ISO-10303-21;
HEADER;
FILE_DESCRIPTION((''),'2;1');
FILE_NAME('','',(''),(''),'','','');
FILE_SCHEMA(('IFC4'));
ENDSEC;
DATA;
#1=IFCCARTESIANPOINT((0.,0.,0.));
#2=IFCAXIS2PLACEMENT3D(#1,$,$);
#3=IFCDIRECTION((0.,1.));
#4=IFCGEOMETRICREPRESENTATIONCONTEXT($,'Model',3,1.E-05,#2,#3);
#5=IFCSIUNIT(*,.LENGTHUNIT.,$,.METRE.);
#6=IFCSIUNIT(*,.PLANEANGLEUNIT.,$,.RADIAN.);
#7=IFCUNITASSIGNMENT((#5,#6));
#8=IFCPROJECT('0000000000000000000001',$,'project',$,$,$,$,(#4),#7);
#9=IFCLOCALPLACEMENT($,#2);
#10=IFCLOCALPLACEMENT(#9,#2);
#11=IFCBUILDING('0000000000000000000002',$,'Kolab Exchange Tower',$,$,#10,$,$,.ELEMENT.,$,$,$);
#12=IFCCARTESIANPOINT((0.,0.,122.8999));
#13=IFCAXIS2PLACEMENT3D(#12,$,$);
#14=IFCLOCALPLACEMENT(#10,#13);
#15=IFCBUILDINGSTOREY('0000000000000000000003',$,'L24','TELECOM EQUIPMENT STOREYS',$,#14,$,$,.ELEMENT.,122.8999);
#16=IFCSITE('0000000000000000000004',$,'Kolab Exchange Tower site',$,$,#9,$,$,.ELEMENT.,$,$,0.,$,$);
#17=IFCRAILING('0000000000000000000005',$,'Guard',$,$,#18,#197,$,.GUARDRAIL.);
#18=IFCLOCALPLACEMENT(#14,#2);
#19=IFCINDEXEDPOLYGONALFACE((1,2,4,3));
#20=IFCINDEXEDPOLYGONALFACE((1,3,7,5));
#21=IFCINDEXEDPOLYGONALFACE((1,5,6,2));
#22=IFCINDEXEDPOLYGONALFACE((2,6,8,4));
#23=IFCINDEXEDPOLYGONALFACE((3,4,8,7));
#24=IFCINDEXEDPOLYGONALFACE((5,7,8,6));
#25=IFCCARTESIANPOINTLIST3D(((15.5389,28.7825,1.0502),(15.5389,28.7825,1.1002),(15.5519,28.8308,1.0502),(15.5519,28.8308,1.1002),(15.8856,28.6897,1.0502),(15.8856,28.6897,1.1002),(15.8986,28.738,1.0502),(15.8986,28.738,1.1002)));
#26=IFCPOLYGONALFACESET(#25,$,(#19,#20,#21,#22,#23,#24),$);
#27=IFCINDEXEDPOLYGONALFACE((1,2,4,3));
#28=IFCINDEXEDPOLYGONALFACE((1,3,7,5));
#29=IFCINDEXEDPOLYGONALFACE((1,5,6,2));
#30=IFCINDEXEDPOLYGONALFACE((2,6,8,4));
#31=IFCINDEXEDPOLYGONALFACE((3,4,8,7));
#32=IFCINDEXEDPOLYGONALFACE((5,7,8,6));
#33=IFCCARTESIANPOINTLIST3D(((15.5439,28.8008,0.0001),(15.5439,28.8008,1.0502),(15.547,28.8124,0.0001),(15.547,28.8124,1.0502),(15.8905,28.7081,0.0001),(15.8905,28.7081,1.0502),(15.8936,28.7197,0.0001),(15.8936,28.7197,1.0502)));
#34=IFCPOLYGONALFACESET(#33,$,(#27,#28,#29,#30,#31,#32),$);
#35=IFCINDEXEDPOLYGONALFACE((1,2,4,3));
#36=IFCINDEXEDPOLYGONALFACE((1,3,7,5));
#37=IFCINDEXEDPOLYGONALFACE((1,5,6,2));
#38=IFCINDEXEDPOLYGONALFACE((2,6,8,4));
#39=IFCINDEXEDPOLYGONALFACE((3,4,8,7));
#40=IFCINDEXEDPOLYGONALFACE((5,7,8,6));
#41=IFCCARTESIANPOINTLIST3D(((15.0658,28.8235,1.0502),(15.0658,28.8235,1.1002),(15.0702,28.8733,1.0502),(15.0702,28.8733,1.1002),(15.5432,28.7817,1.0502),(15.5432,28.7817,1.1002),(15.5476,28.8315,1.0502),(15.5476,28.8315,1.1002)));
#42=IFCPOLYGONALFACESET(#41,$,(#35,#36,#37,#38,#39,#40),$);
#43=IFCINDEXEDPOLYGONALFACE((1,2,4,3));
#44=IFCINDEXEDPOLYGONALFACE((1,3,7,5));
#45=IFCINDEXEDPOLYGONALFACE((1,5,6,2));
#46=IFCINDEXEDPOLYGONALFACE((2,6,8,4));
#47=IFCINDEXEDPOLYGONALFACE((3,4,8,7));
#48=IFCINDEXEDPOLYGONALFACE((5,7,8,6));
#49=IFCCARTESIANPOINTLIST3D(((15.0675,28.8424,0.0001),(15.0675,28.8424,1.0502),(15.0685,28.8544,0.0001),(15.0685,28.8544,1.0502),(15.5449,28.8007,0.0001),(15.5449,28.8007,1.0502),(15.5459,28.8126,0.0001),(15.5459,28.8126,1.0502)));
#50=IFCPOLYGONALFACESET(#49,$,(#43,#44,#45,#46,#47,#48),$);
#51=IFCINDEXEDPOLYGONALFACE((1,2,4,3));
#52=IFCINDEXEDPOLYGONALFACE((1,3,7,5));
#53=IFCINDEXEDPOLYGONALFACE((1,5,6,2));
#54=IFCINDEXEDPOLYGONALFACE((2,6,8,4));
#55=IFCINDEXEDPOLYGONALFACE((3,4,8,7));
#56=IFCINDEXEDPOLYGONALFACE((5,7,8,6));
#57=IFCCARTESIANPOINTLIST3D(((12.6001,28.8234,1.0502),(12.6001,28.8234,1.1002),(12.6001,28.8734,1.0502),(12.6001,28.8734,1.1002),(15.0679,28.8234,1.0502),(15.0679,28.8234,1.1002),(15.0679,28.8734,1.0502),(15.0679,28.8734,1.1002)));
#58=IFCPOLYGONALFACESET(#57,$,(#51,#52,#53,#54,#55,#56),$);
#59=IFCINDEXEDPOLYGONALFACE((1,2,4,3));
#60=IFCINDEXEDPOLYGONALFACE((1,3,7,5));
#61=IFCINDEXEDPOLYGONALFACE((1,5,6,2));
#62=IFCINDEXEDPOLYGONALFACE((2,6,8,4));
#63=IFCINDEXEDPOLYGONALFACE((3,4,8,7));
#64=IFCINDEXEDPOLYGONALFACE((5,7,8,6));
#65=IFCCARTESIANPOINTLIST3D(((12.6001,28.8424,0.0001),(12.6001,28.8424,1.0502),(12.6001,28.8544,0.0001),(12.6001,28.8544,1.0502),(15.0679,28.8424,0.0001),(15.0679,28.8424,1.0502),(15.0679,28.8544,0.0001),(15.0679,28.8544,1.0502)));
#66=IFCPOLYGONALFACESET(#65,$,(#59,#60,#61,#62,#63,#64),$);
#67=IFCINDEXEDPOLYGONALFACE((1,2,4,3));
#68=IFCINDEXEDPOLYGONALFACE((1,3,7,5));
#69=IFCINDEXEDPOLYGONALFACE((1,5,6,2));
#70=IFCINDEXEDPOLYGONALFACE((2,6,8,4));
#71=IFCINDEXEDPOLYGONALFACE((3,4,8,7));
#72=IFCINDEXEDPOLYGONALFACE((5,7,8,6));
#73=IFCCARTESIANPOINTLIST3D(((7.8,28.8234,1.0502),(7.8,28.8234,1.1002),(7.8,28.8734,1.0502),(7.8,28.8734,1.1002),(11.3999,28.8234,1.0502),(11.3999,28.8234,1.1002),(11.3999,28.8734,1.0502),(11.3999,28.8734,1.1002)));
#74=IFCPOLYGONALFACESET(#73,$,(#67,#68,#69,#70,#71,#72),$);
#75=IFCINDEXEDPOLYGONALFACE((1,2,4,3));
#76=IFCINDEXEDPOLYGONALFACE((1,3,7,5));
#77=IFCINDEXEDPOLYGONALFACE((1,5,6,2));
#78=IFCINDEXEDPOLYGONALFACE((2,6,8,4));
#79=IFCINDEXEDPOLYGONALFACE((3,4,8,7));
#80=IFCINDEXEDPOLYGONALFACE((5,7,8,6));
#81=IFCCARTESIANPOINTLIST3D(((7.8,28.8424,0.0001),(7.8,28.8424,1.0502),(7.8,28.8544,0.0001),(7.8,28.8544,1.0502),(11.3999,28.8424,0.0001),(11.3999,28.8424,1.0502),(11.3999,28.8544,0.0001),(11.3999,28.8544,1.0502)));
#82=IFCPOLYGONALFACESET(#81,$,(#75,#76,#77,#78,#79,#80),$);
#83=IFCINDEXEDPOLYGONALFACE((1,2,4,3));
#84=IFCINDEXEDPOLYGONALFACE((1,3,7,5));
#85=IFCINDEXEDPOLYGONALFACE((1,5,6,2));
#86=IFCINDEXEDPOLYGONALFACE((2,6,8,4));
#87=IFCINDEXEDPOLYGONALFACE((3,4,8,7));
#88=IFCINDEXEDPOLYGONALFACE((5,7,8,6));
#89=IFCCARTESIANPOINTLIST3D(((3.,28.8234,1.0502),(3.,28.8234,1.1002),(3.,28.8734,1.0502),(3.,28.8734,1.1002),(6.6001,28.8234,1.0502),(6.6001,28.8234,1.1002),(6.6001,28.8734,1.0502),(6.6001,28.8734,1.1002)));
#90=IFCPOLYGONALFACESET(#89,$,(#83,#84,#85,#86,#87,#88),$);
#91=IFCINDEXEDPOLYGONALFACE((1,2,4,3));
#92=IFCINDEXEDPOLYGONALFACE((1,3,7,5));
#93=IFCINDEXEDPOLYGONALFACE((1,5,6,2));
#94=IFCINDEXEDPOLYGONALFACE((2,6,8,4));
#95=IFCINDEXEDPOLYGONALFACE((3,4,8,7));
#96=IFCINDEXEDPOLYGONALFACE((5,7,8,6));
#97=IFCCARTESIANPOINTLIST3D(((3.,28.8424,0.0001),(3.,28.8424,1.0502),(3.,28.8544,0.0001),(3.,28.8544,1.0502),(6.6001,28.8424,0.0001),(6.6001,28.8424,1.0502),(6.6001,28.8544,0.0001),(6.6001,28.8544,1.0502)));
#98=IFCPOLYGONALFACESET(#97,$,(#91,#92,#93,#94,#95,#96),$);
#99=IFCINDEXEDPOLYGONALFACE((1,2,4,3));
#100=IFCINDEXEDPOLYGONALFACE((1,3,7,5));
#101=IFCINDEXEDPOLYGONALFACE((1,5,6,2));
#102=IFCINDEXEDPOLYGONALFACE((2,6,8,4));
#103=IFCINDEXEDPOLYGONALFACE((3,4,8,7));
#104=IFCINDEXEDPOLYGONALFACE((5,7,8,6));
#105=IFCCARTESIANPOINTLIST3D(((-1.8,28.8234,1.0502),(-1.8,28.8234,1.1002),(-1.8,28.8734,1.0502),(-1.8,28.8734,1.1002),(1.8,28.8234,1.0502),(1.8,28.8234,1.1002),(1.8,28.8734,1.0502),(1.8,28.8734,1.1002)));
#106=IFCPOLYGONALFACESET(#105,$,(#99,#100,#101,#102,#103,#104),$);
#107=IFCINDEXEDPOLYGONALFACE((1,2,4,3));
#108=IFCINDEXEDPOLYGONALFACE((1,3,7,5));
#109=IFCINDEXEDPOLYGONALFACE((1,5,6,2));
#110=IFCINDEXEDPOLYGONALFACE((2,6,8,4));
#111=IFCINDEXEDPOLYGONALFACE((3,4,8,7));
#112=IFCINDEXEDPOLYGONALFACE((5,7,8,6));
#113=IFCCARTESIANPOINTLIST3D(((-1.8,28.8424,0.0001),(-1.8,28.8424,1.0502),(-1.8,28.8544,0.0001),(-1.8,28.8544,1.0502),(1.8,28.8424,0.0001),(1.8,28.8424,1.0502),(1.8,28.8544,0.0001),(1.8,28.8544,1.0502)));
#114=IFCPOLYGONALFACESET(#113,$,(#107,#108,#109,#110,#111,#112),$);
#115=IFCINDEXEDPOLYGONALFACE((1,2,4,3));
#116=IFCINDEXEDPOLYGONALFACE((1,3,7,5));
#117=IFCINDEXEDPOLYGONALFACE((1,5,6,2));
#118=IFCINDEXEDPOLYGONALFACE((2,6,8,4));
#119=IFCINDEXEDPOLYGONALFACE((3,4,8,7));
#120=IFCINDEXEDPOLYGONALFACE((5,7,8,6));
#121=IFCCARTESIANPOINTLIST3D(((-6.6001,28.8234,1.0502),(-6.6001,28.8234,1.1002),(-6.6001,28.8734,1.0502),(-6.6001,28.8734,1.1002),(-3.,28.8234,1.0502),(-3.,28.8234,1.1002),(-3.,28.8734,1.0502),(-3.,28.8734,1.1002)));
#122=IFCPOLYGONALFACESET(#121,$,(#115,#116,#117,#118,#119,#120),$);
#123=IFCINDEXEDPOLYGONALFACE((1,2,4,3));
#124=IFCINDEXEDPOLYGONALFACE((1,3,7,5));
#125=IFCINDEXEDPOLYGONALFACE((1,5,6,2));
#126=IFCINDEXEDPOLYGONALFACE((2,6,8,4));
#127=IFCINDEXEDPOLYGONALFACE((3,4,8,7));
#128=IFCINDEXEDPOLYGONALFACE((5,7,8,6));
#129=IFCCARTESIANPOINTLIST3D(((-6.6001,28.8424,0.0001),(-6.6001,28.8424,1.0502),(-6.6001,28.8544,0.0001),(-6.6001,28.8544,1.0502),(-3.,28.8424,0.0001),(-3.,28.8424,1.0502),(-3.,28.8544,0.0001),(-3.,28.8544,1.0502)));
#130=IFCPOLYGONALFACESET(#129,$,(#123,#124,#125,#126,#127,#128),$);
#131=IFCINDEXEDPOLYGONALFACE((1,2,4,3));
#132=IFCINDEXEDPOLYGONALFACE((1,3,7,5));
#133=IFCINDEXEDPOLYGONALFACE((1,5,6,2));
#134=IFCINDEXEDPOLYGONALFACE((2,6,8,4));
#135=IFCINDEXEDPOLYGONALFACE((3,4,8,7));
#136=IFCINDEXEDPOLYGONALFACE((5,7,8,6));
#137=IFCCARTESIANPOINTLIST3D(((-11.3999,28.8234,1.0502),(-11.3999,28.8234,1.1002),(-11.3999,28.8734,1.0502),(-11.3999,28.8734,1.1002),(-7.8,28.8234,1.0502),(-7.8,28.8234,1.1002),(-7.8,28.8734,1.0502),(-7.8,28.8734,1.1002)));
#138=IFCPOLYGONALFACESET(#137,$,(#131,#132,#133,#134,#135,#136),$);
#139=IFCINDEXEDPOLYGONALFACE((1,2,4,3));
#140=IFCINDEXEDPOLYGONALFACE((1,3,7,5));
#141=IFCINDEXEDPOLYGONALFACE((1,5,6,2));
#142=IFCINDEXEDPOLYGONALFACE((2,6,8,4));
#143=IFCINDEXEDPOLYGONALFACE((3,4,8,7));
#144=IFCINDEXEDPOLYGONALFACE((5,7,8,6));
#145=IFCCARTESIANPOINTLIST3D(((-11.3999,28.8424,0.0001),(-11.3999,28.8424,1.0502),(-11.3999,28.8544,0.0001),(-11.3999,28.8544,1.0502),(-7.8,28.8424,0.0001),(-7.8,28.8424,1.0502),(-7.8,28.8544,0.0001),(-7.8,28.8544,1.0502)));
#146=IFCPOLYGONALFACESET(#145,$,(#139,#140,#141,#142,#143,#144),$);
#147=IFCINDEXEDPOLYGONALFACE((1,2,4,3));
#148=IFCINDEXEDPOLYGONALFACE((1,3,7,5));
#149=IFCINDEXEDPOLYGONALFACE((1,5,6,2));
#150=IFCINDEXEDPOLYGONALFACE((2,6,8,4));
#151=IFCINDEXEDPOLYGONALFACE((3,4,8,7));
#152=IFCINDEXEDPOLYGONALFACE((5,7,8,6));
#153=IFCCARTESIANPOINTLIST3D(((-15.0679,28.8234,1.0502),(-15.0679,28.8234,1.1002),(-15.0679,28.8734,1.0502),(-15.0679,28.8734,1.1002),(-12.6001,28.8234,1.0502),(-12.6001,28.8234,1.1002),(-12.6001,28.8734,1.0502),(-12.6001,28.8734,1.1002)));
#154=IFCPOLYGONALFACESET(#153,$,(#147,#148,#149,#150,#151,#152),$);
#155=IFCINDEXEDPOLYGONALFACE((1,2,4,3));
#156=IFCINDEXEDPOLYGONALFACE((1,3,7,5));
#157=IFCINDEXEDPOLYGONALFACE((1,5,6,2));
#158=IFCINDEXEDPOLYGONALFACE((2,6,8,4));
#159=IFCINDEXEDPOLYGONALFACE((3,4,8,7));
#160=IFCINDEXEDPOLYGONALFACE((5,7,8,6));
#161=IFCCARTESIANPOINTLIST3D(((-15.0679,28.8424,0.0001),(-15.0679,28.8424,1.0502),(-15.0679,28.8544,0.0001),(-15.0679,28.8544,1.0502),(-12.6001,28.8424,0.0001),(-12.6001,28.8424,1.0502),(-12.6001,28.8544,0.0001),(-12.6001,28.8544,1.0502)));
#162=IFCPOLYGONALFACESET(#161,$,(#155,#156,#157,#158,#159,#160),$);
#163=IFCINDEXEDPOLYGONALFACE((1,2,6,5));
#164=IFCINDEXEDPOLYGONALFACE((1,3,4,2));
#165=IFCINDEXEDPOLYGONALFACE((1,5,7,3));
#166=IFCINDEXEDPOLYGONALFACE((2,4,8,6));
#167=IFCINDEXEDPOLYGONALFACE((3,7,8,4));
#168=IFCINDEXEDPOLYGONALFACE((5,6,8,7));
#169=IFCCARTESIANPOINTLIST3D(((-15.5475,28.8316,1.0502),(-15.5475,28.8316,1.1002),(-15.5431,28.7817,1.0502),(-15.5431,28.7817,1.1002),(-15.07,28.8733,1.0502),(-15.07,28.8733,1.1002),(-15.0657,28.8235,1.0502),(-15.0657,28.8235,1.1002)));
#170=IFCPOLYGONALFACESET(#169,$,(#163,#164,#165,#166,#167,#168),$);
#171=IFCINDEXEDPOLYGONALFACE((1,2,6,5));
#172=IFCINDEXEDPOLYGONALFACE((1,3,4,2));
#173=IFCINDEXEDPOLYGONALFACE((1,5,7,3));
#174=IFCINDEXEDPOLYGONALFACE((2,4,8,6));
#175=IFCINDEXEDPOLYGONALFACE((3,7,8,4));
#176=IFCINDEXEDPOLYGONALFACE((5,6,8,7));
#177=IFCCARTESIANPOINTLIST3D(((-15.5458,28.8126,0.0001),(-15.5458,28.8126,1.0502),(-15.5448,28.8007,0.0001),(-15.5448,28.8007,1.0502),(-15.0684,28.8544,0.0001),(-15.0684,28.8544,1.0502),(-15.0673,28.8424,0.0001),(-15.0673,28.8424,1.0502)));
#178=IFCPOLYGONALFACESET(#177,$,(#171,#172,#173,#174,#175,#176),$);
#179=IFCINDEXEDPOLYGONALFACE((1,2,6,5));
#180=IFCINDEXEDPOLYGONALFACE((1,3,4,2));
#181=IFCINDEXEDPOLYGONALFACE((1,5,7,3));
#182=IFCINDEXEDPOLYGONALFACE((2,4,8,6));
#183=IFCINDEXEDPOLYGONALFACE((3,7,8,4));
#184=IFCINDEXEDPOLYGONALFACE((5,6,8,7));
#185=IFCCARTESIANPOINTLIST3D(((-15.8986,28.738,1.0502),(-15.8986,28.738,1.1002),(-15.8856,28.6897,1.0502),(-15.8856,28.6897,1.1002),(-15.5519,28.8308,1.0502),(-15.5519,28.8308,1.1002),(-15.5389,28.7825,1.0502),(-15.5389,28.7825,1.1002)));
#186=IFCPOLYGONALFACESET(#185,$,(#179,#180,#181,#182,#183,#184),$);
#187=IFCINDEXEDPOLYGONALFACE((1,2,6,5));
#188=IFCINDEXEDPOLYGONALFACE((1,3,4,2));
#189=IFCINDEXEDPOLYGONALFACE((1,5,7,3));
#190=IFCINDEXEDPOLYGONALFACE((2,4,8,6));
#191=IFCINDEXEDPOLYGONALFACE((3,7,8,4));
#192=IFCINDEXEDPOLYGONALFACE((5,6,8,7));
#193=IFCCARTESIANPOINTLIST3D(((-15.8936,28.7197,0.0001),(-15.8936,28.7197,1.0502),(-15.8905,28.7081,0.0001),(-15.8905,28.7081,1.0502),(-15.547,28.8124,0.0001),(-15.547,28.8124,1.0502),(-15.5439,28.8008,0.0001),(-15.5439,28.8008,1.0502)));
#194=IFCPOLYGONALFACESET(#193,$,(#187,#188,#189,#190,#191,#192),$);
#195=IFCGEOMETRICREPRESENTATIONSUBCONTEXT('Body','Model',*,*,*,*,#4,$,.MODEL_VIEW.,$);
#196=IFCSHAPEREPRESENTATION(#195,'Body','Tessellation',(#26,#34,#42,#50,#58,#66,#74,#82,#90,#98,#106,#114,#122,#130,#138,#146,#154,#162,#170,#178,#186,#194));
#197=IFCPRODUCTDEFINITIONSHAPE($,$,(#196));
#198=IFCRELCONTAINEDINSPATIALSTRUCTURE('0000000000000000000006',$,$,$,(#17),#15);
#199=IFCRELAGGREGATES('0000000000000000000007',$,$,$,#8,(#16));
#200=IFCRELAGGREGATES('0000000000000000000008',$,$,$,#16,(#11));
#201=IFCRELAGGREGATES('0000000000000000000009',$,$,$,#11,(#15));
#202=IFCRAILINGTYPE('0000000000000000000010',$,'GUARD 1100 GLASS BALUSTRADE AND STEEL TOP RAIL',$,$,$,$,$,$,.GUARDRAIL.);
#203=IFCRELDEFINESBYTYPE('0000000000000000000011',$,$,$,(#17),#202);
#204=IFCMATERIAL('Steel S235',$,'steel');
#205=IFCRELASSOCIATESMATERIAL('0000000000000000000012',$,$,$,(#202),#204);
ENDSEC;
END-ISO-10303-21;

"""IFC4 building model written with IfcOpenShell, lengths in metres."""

from ifc_helpers import new_model, si_unit, direction, frame, frame_2d, origin, origin_2d, place, context, subcontext, project, spatial, rectangle, extrude, material, type_object, element, save


model = new_model("IFC4")

# Units and contexts
model_context = context("Model", 3, precision=1e-05, world=origin(), true_north=direction((0.0, 1.0)))
body_context = subcontext(model_context, "Body", "Model", "MODEL_VIEW")
ifc_project = project(units=[si_unit("LENGTHUNIT", "METRE"), si_unit("PLANEANGLEUNIT", "RADIAN")], contexts=[model_context])

# Site, building, storey
site_placement = place(None, origin())
site = spatial("IfcSite", under=ifc_project, at=site_placement, Name="Kolab Exchange Tower site", CompositionType="ELEMENT", RefElevation=0.0)
building_placement = place(site_placement, origin())
building = spatial("IfcBuilding", under=site, at=building_placement, Name="Kolab Exchange Tower", CompositionType="ELEMENT")
storey_placement = place(building_placement, frame((0.0, 0.0, 122.8999)))
storey = spatial("IfcBuildingStorey", under=building, at=storey_placement, Name="L24", Description="TELECOM EQUIPMENT STOREYS", CompositionType="ELEMENT", Elevation=122.8999)

# Railing
ifc_material_1 = material(Name="Steel S235", Category="steel")
railing_type = type_object("IfcRailingType", Name="GUARD 1100 GLASS BALUSTRADE AND STEEL TOP RAIL", PredefinedType="GUARDRAIL", material=ifc_material_1)
railing_placement = place(storey_placement, frame((15.8921, 28.7139, 0.0)))
element("IfcRailing", 1, at=railing_placement, inside=storey, type_object=railing_type, Name="Guard", PredefinedType="GUARDRAIL", context=body_context, shape_type="SweptSolid", body=[
    extrude(rectangle(XDim=0.05, YDim=0.05, at=origin_2d()), frame((0.0, 0.0, 1.0752), z_axis=(-0.966009, 0.258509, 0.0), x_axis=(-0.258509, -0.966009, 0.0)), (0.0, 0.0, 1.0), 0.3589),
    extrude(rectangle(XDim=0.012, YDim=1.0501, at=frame_2d((0.0, 0.5251))), frame((0.0, 0.0, 0.0), z_axis=(-0.966009, 0.258509, 0.0), x_axis=(-0.258509, -0.966009, 0.0)), (0.0, 0.0, 1.0), 0.3589),
    extrude(rectangle(XDim=0.05, YDim=0.05, at=origin_2d()), frame((-0.3467, 0.0928, 1.0752), z_axis=(-0.9962, 0.087091, 0.0), x_axis=(-0.087091, -0.9962, 0.0)), (0.0, 0.0, 1.0), 0.4792),
    extrude(rectangle(XDim=0.012, YDim=1.0501, at=frame_2d((0.0, 0.5251))), frame((-0.3467, 0.0928, 0.0), z_axis=(-0.9962, 0.087091, 0.0), x_axis=(-0.087091, -0.9962, 0.0)), (0.0, 0.0, 1.0), 0.4792),
    extrude(rectangle(XDim=0.05, YDim=0.05, at=origin_2d()), frame((-0.8242, 0.1345, 1.0752), z_axis=(-1.0, 0.0, 0.0), x_axis=(0.0, -1.0, 0.0)), (0.0, 0.0, 1.0), 2.4678),
    extrude(rectangle(XDim=0.012, YDim=1.0501, at=frame_2d((0.0, 0.5251))), frame((-0.8242, 0.1345, 0.0), z_axis=(-1.0, 0.0, 0.0), x_axis=(0.0, -1.0, 0.0)), (0.0, 0.0, 1.0), 2.4678),
    extrude(rectangle(XDim=0.05, YDim=0.05, at=origin_2d()), frame((-4.4922, 0.1345, 1.0752), z_axis=(-1.0, 0.0, 0.0), x_axis=(0.0, -1.0, 0.0)), (0.0, 0.0, 1.0), 3.5999),
    extrude(rectangle(XDim=0.012, YDim=1.0501, at=frame_2d((0.0, 0.5251))), frame((-4.4922, 0.1345, 0.0), z_axis=(-1.0, 0.0, 0.0), x_axis=(0.0, -1.0, 0.0)), (0.0, 0.0, 1.0), 3.5999),
    extrude(rectangle(XDim=0.05, YDim=0.05, at=origin_2d()), frame((-9.292, 0.1345, 1.0752), z_axis=(-1.0, 0.0, 0.0), x_axis=(0.0, -1.0, 0.0)), (0.0, 0.0, 1.0), 3.6001),
    extrude(rectangle(XDim=0.012, YDim=1.0501, at=frame_2d((0.0, 0.5251))), frame((-9.292, 0.1345, 0.0), z_axis=(-1.0, 0.0, 0.0), x_axis=(0.0, -1.0, 0.0)), (0.0, 0.0, 1.0), 3.6001),
    extrude(rectangle(XDim=0.05, YDim=0.05, at=origin_2d()), frame((-14.092, 0.1345, 1.0752), z_axis=(-1.0, 0.0, 0.0), x_axis=(0.0, -1.0, 0.0)), (0.0, 0.0, 1.0), 3.6001),
    extrude(rectangle(XDim=0.012, YDim=1.0501, at=frame_2d((0.0, 0.5251))), frame((-14.092, 0.1345, 0.0), z_axis=(-1.0, 0.0, 0.0), x_axis=(0.0, -1.0, 0.0)), (0.0, 0.0, 1.0), 3.6001),
    extrude(rectangle(XDim=0.05, YDim=0.05, at=origin_2d()), frame((-18.8921, 0.1345, 1.0752), z_axis=(-1.0, 0.0, 0.0), x_axis=(0.0, -1.0, 0.0)), (0.0, 0.0, 1.0), 3.6001),
    extrude(rectangle(XDim=0.012, YDim=1.0501, at=frame_2d((0.0, 0.5251))), frame((-18.8921, 0.1345, 0.0), z_axis=(-1.0, 0.0, 0.0), x_axis=(0.0, -1.0, 0.0)), (0.0, 0.0, 1.0), 3.6001),
    extrude(rectangle(XDim=0.05, YDim=0.05, at=origin_2d()), frame((-23.6921, 0.1345, 1.0752), z_axis=(-1.0, 0.0, 0.0), x_axis=(0.0, -1.0, 0.0)), (0.0, 0.0, 1.0), 3.5999),
    extrude(rectangle(XDim=0.012, YDim=1.0501, at=frame_2d((0.0, 0.5251))), frame((-23.6921, 0.1345, 0.0), z_axis=(-1.0, 0.0, 0.0), x_axis=(0.0, -1.0, 0.0)), (0.0, 0.0, 1.0), 3.5999),
    extrude(rectangle(XDim=0.05, YDim=0.05, at=origin_2d()), frame((-28.4922, 0.1345, 1.0752), z_axis=(-1.0, 0.0, 0.0), x_axis=(0.0, -1.0, 0.0)), (0.0, 0.0, 1.0), 2.4678),
    extrude(rectangle(XDim=0.012, YDim=1.0501, at=frame_2d((0.0, 0.5251))), frame((-28.4922, 0.1345, 0.0), z_axis=(-1.0, 0.0, 0.0), x_axis=(0.0, -1.0, 0.0)), (0.0, 0.0, 1.0), 2.4678),
    extrude(rectangle(XDim=0.05, YDim=0.05, at=origin_2d()), frame((-30.96, 0.1345, 1.0752), z_axis=(-0.9962, -0.087091, 0.0), x_axis=(0.087091, -0.9962, 0.0)), (0.0, 0.0, 1.0), 0.4792),
    extrude(rectangle(XDim=0.012, YDim=1.0501, at=frame_2d((0.0, 0.5251))), frame((-30.96, 0.1345, 0.0), z_axis=(-0.9962, -0.087091, 0.0), x_axis=(0.087091, -0.9962, 0.0)), (0.0, 0.0, 1.0), 0.4792),
    extrude(rectangle(XDim=0.05, YDim=0.05, at=origin_2d()), frame((-31.4375, 0.0928, 1.0752), z_axis=(-0.966009, -0.258509, 0.0), x_axis=(0.258509, -0.966009, 0.0)), (0.0, 0.0, 1.0), 0.3589),
    extrude(rectangle(XDim=0.012, YDim=1.0501, at=frame_2d((0.0, 0.5251))), frame((-31.4375, 0.0928, 0.0), z_axis=(-0.966009, -0.258509, 0.0), x_axis=(0.258509, -0.966009, 0.0)), (0.0, 0.0, 1.0), 0.3589),
])

save(model, "model.ifc")
